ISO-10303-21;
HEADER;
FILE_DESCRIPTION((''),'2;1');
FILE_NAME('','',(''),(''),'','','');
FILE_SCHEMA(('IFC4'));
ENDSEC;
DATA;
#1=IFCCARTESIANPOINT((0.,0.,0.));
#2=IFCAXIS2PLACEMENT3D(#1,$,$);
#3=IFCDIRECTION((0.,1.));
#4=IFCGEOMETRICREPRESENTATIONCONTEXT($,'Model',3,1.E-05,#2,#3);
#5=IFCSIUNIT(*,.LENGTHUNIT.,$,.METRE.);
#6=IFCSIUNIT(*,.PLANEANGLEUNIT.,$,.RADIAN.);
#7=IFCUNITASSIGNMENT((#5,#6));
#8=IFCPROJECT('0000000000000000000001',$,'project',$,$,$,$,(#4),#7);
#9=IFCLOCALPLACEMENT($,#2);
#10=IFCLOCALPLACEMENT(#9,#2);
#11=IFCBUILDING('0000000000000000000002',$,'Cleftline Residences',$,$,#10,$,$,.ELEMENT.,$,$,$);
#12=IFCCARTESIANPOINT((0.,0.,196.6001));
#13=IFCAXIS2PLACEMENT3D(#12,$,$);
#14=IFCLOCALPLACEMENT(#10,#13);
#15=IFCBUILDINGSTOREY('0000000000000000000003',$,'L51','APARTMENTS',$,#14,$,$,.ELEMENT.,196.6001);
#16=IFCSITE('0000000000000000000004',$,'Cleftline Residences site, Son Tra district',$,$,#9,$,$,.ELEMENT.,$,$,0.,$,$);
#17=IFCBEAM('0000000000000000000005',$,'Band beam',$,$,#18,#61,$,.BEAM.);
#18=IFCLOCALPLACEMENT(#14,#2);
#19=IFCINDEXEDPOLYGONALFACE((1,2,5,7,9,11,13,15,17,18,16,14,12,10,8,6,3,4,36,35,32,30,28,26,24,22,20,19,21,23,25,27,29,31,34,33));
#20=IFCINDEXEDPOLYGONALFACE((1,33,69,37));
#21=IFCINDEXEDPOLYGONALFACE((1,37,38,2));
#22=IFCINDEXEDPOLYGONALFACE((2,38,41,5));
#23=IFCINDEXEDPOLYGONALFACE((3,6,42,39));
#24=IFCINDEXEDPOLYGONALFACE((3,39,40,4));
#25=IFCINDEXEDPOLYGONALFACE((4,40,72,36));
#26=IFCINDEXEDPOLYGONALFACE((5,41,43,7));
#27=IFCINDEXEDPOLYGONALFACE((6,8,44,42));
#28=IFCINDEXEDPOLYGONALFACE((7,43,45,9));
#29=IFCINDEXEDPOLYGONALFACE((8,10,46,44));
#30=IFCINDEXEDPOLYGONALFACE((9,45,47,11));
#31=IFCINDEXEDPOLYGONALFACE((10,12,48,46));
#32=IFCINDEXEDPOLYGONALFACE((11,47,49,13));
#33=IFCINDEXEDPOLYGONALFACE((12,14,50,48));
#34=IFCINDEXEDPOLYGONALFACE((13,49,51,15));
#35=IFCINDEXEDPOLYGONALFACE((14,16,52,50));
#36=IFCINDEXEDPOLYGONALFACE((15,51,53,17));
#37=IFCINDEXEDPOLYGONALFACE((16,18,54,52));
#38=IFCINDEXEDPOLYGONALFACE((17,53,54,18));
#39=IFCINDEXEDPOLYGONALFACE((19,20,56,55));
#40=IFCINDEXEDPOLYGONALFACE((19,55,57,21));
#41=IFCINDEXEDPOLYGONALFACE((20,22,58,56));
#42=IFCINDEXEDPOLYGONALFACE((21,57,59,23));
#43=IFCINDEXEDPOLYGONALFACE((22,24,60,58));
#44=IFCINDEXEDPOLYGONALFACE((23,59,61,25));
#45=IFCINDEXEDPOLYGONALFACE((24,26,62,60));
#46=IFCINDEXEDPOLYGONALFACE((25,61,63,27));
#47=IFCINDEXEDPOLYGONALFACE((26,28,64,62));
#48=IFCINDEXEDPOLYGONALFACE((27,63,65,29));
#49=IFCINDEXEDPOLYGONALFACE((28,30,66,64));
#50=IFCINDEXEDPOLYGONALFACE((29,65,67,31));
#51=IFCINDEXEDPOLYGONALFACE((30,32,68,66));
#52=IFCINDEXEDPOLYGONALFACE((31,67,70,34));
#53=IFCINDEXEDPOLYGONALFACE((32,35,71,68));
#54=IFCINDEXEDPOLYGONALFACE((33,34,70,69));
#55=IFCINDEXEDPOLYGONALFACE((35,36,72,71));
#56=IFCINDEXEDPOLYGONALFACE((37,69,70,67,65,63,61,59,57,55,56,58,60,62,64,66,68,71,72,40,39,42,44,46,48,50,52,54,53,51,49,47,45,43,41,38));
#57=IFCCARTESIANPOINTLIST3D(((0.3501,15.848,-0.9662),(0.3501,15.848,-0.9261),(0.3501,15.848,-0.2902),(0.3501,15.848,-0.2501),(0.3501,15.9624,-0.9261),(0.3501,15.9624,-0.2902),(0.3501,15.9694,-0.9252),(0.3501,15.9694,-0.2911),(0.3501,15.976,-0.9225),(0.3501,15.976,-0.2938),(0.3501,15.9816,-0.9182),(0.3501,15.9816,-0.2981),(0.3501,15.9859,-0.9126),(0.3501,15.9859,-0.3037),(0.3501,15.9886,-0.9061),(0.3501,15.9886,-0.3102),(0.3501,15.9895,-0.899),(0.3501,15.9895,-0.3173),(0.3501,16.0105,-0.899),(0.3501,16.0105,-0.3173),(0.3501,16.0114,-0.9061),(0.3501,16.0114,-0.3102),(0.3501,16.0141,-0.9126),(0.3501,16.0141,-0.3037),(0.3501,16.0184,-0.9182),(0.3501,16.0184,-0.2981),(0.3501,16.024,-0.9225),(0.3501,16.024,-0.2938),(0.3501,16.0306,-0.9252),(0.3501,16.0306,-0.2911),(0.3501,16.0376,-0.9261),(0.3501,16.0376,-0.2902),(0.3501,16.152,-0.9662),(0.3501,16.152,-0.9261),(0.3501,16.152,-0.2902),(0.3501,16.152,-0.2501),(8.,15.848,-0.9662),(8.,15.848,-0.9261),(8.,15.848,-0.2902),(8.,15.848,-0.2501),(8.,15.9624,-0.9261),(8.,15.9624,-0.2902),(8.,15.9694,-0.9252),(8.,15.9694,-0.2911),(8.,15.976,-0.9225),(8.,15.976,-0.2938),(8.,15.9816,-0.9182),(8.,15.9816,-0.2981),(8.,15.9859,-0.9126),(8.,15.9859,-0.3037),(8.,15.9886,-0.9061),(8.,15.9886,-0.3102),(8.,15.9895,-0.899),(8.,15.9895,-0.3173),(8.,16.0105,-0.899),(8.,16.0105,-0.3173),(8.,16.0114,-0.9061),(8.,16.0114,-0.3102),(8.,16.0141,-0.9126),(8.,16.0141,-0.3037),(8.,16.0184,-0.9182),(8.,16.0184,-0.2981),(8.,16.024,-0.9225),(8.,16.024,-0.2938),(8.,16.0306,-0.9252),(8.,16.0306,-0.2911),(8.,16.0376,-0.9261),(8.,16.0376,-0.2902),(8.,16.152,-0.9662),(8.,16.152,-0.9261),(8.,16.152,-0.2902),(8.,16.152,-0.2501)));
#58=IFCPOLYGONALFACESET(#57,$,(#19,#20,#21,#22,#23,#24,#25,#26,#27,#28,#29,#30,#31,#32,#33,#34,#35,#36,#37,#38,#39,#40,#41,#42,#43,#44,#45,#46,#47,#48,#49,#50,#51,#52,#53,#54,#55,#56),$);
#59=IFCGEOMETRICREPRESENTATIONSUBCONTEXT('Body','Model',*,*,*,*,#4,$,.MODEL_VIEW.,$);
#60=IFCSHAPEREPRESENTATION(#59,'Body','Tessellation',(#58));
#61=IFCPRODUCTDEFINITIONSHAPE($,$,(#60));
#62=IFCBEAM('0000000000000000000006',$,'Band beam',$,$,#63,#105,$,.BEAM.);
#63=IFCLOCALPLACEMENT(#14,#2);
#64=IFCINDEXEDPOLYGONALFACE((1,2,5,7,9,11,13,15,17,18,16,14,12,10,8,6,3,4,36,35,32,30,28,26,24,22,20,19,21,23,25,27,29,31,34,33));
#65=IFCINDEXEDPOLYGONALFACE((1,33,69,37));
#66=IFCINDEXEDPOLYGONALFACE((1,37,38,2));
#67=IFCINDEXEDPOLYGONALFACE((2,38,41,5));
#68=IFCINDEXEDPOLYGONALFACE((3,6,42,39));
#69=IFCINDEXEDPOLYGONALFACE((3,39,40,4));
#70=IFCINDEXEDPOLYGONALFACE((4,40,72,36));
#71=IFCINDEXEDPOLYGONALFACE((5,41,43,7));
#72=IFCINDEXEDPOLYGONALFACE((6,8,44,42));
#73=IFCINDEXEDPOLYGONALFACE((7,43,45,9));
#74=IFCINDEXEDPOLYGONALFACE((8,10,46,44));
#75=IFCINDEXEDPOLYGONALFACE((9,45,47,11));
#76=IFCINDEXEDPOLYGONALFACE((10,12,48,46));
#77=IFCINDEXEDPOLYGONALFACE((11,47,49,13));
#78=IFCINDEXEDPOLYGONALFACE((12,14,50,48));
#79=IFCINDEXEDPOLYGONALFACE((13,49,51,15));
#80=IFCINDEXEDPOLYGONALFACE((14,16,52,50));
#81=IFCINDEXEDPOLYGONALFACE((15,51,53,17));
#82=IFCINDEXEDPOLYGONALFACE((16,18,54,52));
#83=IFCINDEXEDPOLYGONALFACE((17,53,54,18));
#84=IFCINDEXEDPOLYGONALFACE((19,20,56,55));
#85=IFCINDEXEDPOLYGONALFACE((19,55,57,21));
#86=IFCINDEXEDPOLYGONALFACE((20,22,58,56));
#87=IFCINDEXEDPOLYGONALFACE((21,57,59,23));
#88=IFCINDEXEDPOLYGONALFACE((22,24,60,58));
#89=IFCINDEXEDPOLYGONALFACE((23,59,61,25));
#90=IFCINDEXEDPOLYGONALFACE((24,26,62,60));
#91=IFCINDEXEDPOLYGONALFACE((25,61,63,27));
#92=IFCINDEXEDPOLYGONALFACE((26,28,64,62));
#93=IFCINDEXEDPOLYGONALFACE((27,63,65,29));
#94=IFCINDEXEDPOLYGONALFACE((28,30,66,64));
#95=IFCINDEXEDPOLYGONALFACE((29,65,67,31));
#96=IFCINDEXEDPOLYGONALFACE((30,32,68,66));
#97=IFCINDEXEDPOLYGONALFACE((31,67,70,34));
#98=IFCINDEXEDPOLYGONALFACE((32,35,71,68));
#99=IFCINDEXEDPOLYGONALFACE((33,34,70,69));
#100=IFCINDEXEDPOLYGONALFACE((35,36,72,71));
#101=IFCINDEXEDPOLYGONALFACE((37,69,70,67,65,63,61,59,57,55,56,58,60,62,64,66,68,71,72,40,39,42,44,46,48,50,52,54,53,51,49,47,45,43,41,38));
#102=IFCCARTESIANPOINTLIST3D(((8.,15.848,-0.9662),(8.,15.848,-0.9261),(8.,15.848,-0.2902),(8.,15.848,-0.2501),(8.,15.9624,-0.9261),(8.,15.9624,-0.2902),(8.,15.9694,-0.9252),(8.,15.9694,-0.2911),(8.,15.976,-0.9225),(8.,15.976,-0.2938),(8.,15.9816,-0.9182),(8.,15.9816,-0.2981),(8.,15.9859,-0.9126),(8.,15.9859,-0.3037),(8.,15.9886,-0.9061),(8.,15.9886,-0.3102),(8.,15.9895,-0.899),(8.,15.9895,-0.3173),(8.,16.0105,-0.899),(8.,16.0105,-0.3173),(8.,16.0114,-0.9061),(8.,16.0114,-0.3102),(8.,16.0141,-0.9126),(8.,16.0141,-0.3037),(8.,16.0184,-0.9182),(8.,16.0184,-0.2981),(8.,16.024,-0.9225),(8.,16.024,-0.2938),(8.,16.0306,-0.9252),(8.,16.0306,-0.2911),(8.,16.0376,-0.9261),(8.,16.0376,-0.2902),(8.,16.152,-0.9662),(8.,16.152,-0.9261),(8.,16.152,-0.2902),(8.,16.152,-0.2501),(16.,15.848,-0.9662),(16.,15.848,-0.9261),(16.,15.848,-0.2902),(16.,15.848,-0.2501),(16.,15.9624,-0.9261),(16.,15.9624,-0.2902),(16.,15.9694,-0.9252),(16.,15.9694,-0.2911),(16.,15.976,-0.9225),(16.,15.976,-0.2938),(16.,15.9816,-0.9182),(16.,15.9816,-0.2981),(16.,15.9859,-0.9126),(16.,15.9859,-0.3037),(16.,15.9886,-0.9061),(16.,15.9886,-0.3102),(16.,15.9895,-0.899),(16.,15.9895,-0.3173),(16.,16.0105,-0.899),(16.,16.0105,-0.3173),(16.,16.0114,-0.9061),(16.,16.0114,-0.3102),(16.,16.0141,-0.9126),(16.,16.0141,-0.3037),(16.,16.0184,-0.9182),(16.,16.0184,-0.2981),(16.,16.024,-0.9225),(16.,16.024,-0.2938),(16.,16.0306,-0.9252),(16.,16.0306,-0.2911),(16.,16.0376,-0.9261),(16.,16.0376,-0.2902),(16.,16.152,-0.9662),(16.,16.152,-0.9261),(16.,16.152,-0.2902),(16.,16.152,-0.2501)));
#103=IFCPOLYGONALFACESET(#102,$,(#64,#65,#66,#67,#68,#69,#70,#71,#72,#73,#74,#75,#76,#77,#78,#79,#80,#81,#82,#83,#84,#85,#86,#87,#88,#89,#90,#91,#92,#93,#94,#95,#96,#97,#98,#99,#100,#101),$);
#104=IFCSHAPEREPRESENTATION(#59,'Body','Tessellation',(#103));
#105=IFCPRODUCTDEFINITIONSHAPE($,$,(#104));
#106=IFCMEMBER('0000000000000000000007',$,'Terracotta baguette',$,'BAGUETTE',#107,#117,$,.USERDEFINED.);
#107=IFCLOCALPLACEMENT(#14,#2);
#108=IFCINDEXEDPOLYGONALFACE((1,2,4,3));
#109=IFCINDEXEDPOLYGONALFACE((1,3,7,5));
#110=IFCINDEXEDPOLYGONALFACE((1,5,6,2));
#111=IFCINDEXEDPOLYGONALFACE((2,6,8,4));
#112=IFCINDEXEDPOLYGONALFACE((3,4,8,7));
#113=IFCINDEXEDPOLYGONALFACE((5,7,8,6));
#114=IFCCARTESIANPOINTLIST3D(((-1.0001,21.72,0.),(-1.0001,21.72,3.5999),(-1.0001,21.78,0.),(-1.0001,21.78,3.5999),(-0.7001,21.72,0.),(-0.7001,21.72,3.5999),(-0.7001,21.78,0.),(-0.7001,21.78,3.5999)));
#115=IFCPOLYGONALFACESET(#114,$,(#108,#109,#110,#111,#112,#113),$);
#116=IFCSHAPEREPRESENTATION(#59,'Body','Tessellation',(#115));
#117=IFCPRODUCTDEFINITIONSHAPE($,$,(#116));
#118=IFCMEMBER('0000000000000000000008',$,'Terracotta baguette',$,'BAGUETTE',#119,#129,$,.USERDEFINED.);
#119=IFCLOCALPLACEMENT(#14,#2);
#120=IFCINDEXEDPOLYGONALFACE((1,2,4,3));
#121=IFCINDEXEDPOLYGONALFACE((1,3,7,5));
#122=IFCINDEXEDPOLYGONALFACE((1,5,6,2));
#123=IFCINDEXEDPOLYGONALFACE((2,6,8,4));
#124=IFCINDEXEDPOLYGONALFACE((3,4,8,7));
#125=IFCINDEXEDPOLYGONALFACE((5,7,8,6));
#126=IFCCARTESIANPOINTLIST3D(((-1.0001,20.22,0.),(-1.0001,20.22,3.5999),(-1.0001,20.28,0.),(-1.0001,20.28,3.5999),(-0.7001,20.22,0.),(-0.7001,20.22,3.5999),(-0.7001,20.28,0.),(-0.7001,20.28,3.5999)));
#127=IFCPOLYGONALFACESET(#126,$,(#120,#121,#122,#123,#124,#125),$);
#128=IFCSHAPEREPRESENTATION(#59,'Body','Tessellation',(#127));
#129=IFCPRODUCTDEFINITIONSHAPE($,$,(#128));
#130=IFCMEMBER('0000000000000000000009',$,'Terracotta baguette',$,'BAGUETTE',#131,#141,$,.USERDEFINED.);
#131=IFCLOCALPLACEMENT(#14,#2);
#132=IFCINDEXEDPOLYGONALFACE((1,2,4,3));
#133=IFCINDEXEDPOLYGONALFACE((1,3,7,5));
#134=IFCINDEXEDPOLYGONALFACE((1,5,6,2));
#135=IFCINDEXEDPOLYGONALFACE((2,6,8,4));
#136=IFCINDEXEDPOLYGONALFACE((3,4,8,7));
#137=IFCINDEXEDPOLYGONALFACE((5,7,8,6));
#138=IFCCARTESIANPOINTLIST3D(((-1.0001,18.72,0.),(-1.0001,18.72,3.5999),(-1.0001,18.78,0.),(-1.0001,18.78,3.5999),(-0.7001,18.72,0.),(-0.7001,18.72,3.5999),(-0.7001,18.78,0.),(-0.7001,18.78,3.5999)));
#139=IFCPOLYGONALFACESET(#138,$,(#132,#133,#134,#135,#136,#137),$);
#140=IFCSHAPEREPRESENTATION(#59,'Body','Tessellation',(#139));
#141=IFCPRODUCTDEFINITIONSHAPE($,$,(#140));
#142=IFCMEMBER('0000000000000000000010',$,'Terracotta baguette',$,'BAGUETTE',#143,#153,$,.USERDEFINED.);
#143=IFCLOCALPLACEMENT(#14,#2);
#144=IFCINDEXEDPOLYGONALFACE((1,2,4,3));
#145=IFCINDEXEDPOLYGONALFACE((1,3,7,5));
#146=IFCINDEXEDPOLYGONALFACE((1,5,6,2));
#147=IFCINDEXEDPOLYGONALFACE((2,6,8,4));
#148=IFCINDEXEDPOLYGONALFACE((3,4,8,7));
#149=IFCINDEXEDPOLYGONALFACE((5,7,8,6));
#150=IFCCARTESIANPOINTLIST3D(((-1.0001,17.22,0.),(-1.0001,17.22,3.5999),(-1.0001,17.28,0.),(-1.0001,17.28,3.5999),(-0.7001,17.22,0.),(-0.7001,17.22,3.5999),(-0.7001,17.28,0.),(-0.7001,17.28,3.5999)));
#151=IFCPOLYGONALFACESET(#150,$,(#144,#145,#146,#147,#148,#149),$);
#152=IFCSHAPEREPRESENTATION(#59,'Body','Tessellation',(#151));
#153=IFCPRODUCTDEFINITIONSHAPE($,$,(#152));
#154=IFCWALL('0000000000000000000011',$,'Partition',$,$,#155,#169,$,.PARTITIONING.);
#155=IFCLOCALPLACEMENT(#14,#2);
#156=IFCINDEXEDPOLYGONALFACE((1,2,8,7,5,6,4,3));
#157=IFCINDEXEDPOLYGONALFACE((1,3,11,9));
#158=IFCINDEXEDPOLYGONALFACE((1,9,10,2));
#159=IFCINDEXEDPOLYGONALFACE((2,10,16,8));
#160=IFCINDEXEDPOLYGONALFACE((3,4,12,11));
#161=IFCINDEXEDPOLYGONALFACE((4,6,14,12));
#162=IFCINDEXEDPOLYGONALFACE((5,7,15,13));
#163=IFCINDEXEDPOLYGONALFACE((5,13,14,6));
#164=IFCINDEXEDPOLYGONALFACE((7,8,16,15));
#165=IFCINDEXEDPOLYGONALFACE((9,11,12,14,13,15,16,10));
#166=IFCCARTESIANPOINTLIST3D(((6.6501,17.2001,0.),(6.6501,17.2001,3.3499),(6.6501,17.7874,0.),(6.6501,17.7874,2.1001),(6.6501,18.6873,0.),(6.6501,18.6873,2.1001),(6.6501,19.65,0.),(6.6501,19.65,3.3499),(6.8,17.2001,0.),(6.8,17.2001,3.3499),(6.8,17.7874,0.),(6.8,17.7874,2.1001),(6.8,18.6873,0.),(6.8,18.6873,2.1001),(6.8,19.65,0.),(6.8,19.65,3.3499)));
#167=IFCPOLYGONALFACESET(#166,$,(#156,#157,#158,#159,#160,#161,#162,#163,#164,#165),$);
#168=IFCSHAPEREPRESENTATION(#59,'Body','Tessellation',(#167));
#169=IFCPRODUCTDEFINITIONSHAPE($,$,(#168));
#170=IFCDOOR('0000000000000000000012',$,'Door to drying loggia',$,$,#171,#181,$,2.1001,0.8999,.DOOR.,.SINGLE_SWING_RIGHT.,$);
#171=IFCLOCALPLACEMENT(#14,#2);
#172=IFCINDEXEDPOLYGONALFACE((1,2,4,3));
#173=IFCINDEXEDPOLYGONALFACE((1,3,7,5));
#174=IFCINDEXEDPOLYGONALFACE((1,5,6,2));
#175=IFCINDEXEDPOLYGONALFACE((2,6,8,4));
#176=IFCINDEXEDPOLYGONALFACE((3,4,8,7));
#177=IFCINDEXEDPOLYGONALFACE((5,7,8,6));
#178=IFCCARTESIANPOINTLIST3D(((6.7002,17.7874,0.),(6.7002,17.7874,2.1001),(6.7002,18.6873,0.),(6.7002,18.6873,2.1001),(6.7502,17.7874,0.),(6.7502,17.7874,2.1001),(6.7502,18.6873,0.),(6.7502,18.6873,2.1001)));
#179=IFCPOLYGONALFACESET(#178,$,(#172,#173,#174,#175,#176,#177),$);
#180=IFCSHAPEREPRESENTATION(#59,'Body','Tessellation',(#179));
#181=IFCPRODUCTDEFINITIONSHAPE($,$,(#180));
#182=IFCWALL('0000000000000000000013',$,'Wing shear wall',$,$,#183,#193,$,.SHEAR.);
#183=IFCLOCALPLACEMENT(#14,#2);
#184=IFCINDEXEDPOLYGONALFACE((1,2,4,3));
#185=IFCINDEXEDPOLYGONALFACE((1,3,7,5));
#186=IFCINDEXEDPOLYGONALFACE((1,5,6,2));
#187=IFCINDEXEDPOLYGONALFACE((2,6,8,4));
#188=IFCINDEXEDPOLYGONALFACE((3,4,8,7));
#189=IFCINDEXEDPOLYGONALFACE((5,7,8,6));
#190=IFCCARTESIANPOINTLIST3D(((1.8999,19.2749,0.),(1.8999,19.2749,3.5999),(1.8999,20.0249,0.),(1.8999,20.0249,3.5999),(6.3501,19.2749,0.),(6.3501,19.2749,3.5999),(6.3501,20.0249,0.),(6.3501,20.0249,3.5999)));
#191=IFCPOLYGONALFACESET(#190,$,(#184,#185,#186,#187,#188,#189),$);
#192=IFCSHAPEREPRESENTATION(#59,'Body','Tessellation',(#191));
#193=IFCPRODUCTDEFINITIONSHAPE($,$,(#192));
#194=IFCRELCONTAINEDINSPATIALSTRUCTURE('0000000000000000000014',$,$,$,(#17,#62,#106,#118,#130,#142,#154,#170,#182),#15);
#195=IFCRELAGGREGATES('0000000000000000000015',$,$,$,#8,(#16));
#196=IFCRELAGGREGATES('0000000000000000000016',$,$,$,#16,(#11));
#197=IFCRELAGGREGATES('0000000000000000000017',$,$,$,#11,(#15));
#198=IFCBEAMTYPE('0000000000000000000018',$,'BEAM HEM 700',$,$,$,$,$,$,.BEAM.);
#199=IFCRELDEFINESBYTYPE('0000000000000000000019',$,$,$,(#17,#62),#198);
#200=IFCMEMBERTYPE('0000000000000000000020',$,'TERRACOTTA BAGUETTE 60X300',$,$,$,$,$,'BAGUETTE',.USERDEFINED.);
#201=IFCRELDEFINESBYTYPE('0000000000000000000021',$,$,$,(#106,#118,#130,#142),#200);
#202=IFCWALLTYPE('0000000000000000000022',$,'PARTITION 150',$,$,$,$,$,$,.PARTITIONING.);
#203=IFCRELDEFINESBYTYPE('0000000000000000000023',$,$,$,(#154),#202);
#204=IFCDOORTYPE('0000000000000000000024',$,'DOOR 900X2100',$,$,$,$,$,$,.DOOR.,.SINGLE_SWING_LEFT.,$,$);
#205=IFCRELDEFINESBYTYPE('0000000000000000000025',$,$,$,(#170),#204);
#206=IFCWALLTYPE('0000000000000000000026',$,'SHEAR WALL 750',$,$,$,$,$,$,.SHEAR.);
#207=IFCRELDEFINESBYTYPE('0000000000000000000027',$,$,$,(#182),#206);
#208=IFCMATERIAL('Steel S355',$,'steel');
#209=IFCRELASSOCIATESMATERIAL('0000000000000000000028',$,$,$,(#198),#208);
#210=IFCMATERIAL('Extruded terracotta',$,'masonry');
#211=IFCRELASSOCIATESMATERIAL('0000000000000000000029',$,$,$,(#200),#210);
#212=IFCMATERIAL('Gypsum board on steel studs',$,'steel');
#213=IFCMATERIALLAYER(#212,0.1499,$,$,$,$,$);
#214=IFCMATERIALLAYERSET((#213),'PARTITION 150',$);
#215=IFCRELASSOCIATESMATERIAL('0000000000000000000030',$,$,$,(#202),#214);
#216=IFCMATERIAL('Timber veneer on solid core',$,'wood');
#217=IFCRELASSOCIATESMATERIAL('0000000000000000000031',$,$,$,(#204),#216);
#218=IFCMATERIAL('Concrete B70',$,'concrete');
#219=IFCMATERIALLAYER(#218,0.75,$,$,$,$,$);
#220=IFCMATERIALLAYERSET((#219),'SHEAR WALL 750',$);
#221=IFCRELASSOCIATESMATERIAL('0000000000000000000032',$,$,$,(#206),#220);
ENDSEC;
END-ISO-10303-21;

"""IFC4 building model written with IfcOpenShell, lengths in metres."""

from ifc_helpers import new_model, si_unit, direction, frame, frame_2d, origin, origin_2d, place, context, subcontext, project, spatial, rectangle, i_section, extrude, material, layer, layer_set, material_profile, profile_set, type_object, element, fill, save


model = new_model("IFC4")

# Units and contexts
model_context = context("Model", 3, precision=1e-05, world=origin(), true_north=direction((0.0, 1.0)))
body_context = subcontext(model_context, "Body", "Model", "MODEL_VIEW")
ifc_project = project(units=[si_unit("LENGTHUNIT", "METRE"), si_unit("PLANEANGLEUNIT", "RADIAN")], contexts=[model_context])

# Site, building, storey
site_placement = place(None, origin())
site = spatial("IfcSite", under=ifc_project, at=site_placement, Name="Cleftline Residences site, Son Tra district", CompositionType="ELEMENT", RefElevation=0.0)
building_placement = place(site_placement, origin())
building = spatial("IfcBuilding", under=site, at=building_placement, Name="Cleftline Residences", CompositionType="ELEMENT")
storey_placement = place(building_placement, frame((0.0, 0.0, 196.6001)))
storey = spatial("IfcBuildingStorey", under=building, at=storey_placement, Name="L51", Description="APARTMENTS", CompositionType="ELEMENT", Elevation=196.6001)

# Beams
ifc_material_1 = material(Name="Steel S355", Category="steel")
ifc_material_profile_1 = material_profile(ifc_material_1, i_section(OverallWidth=0.304, OverallDepth=0.7161, WebThickness=0.021, FlangeThickness=0.04, FilletRadius=0.0271, at=origin_2d()))
ifc_profile_set_1 = profile_set([ifc_material_profile_1], Name="Steel S355")
beam_type_1 = type_object("IfcBeamType", Name="BEAM HEM 700", PredefinedType="BEAM", material=ifc_profile_set_1)
beam_1_placement = place(storey_placement, frame((0.3501, 16.0, -0.6082), z_axis=(1.0, 0.0, 0.0), x_axis=(0.0, 1.0, 0.0)))
element("IfcBeam", 1, at=beam_1_placement, inside=storey, type_object=beam_type_1, Name="Band beam", PredefinedType="BEAM", context=body_context, shape_type="SweptSolid", body=[
    extrude(i_section(OverallWidth=0.304, OverallDepth=0.7161, WebThickness=0.021, FlangeThickness=0.04, FilletRadius=0.0271, at=origin_2d()), origin(), (0.0, 0.0, 1.0), 7.6499),
])
beam_2_placement = place(storey_placement, frame((8.0, 16.0, -0.6082), z_axis=(1.0, 0.0, 0.0), x_axis=(0.0, 1.0, 0.0)))
element("IfcBeam", 2, at=beam_2_placement, inside=storey, type_object=beam_type_1, Name="Band beam", PredefinedType="BEAM", context=body_context, shape_type="SweptSolid", body=[
    extrude(i_section(OverallWidth=0.304, OverallDepth=0.7161, WebThickness=0.021, FlangeThickness=0.04, FilletRadius=0.0271, at=origin_2d()), origin(), (0.0, 0.0, 1.0), 8.0),
])

# Members
ifc_material_2 = material(Name="Extruded terracotta", Category="masonry")
ifc_material_profile_2 = material_profile(ifc_material_2, rectangle(XDim=0.0601, YDim=0.3, at=origin_2d()))
ifc_profile_set_2 = profile_set([ifc_material_profile_2], Name="Extruded terracotta")
member_type_1 = type_object("IfcMemberType", Name="TERRACOTTA BAGUETTE 60X300", ElementType="BAGUETTE", PredefinedType="USERDEFINED", material=ifc_profile_set_2)
for number, where, z_axis, x_axis, name in (
    (3, (-0.8501, 21.75, 0.0), (0.0, 0.0, 1.0), (0.0, 1.0, 0.0), "Terracotta baguette"),
    (4, (-0.8501, 20.25, 0.0), (0.0, 0.0, 1.0), (0.0, 1.0, 0.0), "Terracotta baguette"),
    (5, (-0.8501, 18.75, 0.0), (0.0, 0.0, 1.0), (0.0, 1.0, 0.0), "Terracotta baguette"),
    (6, (-0.8501, 17.25, 0.0), (0.0, 0.0, 1.0), (0.0, 1.0, 0.0), "Terracotta baguette"),
):
    element("IfcMember", number, at=place(storey_placement, frame(where, z_axis=z_axis, x_axis=x_axis)), inside=storey, type_object=member_type_1, Name=name, ObjectType="BAGUETTE", PredefinedType="USERDEFINED", context=body_context, shape_type="SweptSolid", body=[
        extrude(rectangle(XDim=0.0601, YDim=0.3, at=origin_2d()), origin(), (0.0, 0.0, 1.0), 3.5999),
    ])

# Wall, opening, door
ifc_material_3 = material(Name="Gypsum board on steel studs", Category="steel")
ifc_layer_1 = layer(ifc_material_3, 0.1499)
ifc_layer_set_1 = layer_set([ifc_layer_1], Name="PARTITION 150")
wall_type_1 = type_object("IfcWallType", Name="PARTITION 150", PredefinedType="PARTITIONING", material=ifc_layer_set_1)
wall_1_placement = place(storey_placement, frame((6.7251, 17.2, 0.0), z_axis=(0.0, 0.0, 1.0), x_axis=(0.0, 1.0, 0.0)))
wall_1 = element("IfcWall", 7, at=wall_1_placement, inside=storey, type_object=wall_type_1, Name="Partition", PredefinedType="PARTITIONING", context=body_context, shape_type="SweptSolid", body=[
    extrude(rectangle(XDim=2.45, YDim=0.1499, at=frame_2d((1.2251, 0.0))), origin(), (0.0, 0.0, 1.0), 3.3499),
])
opening_1_placement = place(wall_1_placement, frame((0.5874, 0.0, 0.0)))
opening_1 = element("IfcOpeningElement", 8, at=opening_1_placement, cuts=wall_1, PredefinedType="OPENING", context=body_context, shape_type="SweptSolid", body=[
    extrude(rectangle(XDim=0.8999, YDim=2.1001, at=frame_2d((0.45, 1.05))), frame((0.0, 0.085, 0.0), z_axis=(0.0, -1.0, 0.0), x_axis=(1.0, 0.0, 0.0)), (0.0, 0.0, 1.0), 0.1699),
])
ifc_material_4 = material(Name="Timber veneer on solid core", Category="wood")
door_type_1 = type_object("IfcDoorType", Name="DOOR 900X2100", OperationType="SINGLE_SWING_LEFT", PredefinedType="DOOR", material=ifc_material_4)
door_1_placement = place(opening_1_placement, origin())
door_1 = element("IfcDoor", 9, at=door_1_placement, inside=storey, type_object=door_type_1, Name="Door to drying loggia", OperationType="SINGLE_SWING_RIGHT", OverallHeight=2.1001, OverallWidth=0.8999, PredefinedType="DOOR", context=body_context, shape_type="SweptSolid", body=[
    extrude(rectangle(XDim=0.8999, YDim=2.1001, at=frame_2d((0.45, 1.05))), frame((0.0, 0.0249, 0.0), z_axis=(0.0, -1.0, 0.0), x_axis=(1.0, 0.0, 0.0)), (0.0, 0.0, 1.0), 0.05),
])
fill(opening_1, door_1)

# Wall
ifc_material_5 = material(Name="Concrete B70", Category="concrete")
ifc_layer_2 = layer(ifc_material_5, 0.75)
ifc_layer_set_2 = layer_set([ifc_layer_2], Name="SHEAR WALL 750")
wall_type_2 = type_object("IfcWallType", Name="SHEAR WALL 750", PredefinedType="SHEAR", material=ifc_layer_set_2)
wall_2_placement = place(storey_placement, frame((1.8999, 19.6499, 0.0), z_axis=(0.0, 0.0, 1.0), x_axis=(1.0, 0.0, 0.0)))
element("IfcWall", 10, at=wall_2_placement, inside=storey, type_object=wall_type_2, Name="Wing shear wall", PredefinedType="SHEAR", context=body_context, shape_type="SweptSolid", body=[
    extrude(rectangle(XDim=4.4502, YDim=0.75, at=frame_2d((2.2251, 0.0))), origin(), (0.0, 0.0, 1.0), 3.5999),
])

save(model, "model.ifc")
